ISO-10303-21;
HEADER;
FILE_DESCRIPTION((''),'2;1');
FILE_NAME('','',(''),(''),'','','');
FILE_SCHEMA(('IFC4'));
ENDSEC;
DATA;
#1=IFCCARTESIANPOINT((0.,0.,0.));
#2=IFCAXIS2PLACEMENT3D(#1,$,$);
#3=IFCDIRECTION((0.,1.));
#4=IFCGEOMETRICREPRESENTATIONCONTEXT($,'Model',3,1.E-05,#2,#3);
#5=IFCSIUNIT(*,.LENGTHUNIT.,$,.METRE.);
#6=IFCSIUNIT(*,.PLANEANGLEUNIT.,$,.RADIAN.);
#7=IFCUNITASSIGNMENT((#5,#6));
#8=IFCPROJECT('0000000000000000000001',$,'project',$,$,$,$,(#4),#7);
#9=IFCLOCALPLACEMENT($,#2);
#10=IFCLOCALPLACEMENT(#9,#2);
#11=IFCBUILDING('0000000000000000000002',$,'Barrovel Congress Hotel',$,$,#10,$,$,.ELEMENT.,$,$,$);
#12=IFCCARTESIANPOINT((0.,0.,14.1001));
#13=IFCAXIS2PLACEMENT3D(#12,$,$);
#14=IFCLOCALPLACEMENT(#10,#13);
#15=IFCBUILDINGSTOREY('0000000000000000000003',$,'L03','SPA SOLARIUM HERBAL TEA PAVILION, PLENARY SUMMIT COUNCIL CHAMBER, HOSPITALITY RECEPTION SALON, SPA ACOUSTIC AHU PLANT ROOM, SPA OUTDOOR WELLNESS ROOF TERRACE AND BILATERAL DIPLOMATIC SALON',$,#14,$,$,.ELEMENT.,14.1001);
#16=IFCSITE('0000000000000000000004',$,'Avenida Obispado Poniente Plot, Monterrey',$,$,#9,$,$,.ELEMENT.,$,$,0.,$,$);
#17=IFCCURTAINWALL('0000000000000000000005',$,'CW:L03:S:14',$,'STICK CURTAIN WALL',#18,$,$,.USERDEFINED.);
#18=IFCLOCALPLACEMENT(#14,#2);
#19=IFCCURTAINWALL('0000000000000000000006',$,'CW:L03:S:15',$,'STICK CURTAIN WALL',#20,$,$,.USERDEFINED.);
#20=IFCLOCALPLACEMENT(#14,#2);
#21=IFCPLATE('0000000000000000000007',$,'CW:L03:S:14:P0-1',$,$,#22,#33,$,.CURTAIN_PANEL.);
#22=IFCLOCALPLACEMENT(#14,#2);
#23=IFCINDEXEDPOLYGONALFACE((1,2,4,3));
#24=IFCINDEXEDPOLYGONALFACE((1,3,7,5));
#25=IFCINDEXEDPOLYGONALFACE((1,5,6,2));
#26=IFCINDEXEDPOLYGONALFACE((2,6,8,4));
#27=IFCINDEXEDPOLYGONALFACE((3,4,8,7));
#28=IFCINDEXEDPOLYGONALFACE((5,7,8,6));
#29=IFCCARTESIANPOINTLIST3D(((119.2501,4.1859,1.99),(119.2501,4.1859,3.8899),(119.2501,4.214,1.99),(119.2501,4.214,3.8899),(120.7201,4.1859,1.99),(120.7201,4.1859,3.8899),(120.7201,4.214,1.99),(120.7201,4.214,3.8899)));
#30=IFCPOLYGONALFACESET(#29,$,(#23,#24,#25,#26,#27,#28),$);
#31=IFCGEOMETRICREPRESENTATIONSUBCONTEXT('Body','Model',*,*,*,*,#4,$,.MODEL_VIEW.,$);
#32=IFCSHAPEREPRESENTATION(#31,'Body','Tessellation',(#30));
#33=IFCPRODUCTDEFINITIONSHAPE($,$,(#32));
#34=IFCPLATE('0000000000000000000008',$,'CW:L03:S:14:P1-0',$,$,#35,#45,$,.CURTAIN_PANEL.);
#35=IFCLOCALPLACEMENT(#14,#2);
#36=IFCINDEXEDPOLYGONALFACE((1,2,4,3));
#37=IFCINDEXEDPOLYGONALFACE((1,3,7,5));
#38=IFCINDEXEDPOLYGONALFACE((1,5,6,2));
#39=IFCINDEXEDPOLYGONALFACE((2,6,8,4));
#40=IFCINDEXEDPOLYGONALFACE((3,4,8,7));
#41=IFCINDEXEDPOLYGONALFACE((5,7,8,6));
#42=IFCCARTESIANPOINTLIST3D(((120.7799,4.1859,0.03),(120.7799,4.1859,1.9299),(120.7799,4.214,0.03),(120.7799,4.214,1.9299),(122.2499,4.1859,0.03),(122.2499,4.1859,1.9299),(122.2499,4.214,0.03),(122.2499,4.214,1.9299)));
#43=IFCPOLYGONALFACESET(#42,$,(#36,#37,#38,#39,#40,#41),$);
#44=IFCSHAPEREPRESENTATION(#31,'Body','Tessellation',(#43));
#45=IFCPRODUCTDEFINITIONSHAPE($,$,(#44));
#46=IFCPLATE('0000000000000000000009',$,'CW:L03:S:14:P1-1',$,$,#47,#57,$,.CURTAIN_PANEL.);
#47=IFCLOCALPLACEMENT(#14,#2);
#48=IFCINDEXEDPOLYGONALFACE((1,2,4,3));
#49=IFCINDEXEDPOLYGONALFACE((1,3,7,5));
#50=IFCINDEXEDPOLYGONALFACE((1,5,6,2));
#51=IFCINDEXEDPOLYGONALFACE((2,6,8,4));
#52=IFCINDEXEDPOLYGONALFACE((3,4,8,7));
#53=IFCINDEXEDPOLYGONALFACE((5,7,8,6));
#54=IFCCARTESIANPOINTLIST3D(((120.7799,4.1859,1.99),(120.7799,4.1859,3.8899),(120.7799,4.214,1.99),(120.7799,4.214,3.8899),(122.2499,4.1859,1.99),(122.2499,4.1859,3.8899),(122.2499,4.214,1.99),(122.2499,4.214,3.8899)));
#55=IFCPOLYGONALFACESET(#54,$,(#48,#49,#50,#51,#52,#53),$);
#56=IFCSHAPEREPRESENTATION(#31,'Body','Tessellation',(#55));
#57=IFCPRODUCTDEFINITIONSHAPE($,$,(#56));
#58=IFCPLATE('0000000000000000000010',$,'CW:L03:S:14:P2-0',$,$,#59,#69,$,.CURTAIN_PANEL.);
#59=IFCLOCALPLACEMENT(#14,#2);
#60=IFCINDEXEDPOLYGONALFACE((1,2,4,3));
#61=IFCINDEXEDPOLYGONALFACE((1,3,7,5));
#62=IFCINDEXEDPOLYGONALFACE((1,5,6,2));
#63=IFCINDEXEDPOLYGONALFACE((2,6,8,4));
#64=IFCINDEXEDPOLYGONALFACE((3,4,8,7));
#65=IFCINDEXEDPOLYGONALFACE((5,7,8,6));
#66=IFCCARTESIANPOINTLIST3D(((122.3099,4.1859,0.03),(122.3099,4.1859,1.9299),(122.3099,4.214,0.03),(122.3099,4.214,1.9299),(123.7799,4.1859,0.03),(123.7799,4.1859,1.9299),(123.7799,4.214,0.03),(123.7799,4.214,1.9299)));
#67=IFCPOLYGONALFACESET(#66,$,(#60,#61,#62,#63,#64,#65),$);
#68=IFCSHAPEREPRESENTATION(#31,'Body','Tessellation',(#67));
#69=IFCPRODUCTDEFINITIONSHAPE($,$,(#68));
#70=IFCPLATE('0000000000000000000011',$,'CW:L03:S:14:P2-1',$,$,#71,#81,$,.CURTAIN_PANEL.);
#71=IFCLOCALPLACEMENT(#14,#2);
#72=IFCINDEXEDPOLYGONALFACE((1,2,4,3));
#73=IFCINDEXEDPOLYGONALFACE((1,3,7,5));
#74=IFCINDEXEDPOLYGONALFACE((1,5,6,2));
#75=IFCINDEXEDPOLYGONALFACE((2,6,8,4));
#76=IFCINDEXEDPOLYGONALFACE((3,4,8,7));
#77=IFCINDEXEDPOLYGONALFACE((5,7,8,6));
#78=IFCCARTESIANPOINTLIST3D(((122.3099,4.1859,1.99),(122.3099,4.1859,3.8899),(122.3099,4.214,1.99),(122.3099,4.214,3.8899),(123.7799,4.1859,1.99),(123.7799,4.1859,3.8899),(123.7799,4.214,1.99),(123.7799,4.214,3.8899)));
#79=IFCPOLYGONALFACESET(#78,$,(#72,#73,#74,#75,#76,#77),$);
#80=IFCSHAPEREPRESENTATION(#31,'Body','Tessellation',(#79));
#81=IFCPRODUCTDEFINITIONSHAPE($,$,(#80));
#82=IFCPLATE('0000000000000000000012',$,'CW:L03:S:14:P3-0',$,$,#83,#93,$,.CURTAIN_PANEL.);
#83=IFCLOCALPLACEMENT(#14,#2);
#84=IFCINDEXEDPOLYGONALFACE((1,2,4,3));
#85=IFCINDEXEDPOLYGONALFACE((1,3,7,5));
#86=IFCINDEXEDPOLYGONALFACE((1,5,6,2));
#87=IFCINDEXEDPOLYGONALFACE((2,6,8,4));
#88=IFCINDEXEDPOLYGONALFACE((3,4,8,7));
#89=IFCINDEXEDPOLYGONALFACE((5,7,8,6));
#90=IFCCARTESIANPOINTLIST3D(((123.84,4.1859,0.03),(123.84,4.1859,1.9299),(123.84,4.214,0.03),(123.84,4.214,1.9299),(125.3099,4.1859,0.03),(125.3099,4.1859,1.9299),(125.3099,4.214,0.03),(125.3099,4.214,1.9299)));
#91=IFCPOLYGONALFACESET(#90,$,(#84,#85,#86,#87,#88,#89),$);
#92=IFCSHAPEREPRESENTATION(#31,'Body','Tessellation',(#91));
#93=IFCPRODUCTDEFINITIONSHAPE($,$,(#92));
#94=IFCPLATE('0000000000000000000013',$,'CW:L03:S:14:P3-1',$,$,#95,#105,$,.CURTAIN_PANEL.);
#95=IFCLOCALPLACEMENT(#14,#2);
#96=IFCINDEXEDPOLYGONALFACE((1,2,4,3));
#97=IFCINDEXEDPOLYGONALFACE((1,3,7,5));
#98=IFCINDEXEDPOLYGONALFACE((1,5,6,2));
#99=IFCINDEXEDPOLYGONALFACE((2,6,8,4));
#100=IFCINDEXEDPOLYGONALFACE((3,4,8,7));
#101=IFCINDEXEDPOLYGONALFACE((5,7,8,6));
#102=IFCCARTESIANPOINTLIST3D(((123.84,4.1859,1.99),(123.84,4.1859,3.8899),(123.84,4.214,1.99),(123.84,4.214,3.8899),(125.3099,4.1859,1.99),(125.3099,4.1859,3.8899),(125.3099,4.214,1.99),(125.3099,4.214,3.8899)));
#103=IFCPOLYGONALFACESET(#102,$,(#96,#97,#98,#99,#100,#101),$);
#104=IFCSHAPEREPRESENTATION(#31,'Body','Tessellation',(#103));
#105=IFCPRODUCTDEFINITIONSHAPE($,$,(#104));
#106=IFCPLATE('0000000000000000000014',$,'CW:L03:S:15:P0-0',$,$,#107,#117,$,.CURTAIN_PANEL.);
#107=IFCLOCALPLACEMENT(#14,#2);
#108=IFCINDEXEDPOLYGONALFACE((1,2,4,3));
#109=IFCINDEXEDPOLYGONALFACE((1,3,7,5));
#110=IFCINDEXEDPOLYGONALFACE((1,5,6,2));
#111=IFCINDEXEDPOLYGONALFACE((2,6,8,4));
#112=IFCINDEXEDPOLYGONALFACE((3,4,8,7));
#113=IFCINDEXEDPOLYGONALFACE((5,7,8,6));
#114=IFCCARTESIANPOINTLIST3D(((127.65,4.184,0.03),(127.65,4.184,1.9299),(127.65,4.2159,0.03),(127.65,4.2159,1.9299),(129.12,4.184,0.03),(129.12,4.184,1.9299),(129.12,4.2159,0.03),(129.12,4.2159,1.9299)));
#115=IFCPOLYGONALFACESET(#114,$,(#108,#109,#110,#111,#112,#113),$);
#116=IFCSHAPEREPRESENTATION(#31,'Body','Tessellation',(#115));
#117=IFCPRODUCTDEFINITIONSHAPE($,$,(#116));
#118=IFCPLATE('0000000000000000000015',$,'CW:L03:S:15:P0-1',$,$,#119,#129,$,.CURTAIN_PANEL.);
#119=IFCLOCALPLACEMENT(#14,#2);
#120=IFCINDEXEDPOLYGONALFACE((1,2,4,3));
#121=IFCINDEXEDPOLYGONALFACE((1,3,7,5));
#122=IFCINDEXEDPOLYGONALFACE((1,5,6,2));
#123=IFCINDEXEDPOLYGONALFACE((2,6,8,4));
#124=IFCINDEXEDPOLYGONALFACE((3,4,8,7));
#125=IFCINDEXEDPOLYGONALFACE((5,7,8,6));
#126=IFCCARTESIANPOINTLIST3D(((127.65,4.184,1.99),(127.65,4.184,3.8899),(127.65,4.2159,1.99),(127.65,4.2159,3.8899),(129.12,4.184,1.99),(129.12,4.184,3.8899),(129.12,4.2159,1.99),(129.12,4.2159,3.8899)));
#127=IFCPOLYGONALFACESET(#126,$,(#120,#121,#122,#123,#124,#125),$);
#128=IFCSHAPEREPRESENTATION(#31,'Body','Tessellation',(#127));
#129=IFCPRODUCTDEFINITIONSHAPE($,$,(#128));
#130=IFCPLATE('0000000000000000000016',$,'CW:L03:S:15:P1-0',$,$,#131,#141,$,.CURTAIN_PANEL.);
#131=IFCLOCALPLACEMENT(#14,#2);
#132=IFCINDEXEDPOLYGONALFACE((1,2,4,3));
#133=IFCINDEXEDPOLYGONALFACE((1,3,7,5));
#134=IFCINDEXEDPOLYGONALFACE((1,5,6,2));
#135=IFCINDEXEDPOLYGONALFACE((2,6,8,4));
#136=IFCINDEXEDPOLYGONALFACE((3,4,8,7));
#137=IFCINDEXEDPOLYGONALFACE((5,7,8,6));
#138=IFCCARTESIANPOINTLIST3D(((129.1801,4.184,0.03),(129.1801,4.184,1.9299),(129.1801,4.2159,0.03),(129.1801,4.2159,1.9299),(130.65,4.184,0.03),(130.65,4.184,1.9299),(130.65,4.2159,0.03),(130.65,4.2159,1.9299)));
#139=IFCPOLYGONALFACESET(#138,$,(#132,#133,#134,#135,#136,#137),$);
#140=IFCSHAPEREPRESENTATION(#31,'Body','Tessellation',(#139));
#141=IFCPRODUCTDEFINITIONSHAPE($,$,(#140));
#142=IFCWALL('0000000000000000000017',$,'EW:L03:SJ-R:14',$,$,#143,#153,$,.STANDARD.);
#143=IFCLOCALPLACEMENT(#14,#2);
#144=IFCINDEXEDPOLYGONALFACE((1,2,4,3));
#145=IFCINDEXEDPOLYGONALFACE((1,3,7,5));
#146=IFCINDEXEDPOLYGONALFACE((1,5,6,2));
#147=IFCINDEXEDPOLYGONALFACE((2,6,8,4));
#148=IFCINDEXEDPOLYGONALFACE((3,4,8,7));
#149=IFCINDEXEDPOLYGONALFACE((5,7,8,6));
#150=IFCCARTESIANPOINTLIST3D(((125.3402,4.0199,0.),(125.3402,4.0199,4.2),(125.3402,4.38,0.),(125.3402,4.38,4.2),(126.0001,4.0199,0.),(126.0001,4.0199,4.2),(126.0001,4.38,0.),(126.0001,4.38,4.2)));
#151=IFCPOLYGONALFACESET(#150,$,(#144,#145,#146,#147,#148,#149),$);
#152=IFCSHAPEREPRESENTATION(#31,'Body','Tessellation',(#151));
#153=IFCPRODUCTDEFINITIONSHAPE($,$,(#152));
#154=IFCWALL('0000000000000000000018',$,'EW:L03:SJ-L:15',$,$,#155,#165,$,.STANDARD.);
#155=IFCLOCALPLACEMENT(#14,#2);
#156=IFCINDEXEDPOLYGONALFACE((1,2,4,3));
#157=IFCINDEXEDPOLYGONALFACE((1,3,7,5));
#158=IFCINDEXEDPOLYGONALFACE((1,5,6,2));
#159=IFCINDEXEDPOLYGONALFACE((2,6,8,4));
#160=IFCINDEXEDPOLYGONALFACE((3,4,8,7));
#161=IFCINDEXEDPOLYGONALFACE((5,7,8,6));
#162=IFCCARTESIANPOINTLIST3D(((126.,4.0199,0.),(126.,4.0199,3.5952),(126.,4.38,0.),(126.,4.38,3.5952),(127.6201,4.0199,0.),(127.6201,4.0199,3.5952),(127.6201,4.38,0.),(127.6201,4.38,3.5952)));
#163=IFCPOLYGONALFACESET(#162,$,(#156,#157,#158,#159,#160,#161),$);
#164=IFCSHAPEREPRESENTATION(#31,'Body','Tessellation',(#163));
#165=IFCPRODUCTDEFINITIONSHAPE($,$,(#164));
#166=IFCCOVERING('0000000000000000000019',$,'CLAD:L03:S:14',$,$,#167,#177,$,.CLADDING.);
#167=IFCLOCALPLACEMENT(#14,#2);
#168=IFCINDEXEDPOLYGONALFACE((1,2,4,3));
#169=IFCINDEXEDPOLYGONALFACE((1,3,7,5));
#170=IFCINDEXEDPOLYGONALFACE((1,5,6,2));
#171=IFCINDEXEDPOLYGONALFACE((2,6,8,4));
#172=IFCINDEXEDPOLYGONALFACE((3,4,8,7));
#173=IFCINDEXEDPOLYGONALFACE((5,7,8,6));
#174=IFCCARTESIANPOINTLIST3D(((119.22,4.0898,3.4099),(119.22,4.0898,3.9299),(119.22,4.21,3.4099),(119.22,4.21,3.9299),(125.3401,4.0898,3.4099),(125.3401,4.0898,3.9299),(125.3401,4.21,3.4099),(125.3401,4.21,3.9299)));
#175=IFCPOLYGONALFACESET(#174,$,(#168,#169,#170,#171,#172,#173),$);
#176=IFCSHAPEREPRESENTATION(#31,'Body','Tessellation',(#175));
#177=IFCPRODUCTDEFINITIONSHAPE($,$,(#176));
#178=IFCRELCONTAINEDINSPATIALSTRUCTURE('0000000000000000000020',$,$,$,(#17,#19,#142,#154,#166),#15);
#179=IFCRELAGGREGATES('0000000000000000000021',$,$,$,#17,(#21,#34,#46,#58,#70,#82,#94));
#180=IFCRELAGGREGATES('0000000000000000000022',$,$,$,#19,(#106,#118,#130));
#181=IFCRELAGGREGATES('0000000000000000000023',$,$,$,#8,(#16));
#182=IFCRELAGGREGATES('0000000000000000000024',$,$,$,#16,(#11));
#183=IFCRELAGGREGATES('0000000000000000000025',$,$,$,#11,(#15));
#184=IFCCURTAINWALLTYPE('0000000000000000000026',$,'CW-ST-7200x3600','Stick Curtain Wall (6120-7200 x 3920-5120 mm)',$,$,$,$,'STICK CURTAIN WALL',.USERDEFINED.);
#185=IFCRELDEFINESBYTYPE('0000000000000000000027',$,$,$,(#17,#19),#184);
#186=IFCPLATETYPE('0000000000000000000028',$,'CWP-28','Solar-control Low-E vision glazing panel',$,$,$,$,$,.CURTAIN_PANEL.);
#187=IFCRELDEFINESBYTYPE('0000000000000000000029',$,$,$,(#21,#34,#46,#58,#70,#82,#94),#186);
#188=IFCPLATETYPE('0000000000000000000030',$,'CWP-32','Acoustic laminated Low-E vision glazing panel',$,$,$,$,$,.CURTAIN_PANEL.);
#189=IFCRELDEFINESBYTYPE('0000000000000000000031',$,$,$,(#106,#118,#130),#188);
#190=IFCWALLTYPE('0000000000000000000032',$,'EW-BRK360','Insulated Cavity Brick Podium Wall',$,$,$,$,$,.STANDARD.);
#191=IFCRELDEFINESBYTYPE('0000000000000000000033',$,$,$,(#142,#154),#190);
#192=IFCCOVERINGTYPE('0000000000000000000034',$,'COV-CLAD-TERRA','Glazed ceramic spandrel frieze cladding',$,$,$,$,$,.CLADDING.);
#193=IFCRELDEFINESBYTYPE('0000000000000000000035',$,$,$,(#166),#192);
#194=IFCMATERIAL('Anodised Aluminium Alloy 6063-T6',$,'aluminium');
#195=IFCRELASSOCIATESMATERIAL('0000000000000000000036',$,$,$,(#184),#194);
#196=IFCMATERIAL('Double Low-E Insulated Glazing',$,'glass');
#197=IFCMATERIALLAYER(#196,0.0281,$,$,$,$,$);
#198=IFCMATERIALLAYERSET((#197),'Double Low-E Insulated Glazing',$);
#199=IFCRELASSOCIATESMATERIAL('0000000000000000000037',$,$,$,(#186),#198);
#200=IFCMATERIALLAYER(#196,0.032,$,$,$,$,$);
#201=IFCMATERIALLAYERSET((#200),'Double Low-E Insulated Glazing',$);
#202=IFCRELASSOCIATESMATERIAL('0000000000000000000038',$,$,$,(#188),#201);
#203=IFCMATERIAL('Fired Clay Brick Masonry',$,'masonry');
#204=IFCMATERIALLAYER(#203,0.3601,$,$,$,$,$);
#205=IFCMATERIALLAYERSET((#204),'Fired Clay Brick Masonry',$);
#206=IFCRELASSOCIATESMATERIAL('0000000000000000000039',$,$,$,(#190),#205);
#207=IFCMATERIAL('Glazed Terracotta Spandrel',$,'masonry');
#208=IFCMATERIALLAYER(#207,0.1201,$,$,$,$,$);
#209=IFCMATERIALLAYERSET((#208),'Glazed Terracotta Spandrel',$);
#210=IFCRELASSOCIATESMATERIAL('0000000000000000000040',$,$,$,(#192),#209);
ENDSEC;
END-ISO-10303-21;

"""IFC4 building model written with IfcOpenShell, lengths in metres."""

from ifc_helpers import new_model, si_unit, direction, frame, frame_2d, origin, origin_2d, place, context, subcontext, project, spatial, rectangle, extrude, material, layer, layer_set, type_object, element, aggregate, save


model = new_model("IFC4")

# Units and contexts
model_context = context("Model", 3, precision=1e-05, world=origin(), true_north=direction((0.0, 1.0)))
body_context = subcontext(model_context, "Body", "Model", "MODEL_VIEW")
ifc_project = project(units=[si_unit("LENGTHUNIT", "METRE"), si_unit("PLANEANGLEUNIT", "RADIAN")], contexts=[model_context])

# Site, building, storey
site_placement = place(None, origin())
site = spatial("IfcSite", under=ifc_project, at=site_placement, Name="Avenida Obispado Poniente Plot, Monterrey", CompositionType="ELEMENT", RefElevation=0.0)
building_placement = place(site_placement, origin())
building = spatial("IfcBuilding", under=site, at=building_placement, Name="Barrovel Congress Hotel", CompositionType="ELEMENT")
storey_placement = place(building_placement, frame((0.0, 0.0, 14.1001)))
storey = spatial("IfcBuildingStorey", under=building, at=storey_placement, Name="L03", Description="SPA SOLARIUM HERBAL TEA PAVILION, PLENARY SUMMIT COUNCIL CHAMBER, HOSPITALITY RECEPTION SALON, SPA ACOUSTIC AHU PLANT ROOM, SPA OUTDOOR WELLNESS ROOF TERRACE AND BILATERAL DIPLOMATIC SALON", CompositionType="ELEMENT", Elevation=14.1001)

# Curtain walls
ifc_material_1 = material(Name="Anodised Aluminium Alloy 6063-T6", Category="aluminium")
curtain_wall_type = type_object("IfcCurtainWallType", Name="CW-ST-7200x3600", Description="Stick Curtain Wall (6120-7200 x 3920-5120 mm)", ElementType="STICK CURTAIN WALL", PredefinedType="USERDEFINED", material=ifc_material_1)
curtain_wall_1_placement = place(storey_placement, origin())
curtain_wall_1 = element("IfcCurtainWall", 1, at=curtain_wall_1_placement, inside=storey, type_object=curtain_wall_type, Name="CW:L03:S:14", ObjectType="STICK CURTAIN WALL", PredefinedType="USERDEFINED")
curtain_wall_2_placement = place(storey_placement, origin())
curtain_wall_2 = element("IfcCurtainWall", 2, at=curtain_wall_2_placement, inside=storey, type_object=curtain_wall_type, Name="CW:L03:S:15", ObjectType="STICK CURTAIN WALL", PredefinedType="USERDEFINED")

# Plates
ifc_material_2 = material(Name="Double Low-E Insulated Glazing", Category="glass")
ifc_layer_1 = layer(ifc_material_2, 0.0281)
ifc_layer_set_1 = layer_set([ifc_layer_1], Name="Double Low-E Insulated Glazing")
plate_type_1 = type_object("IfcPlateType", Name="CWP-28", Description="Solar-control Low-E vision glazing panel", PredefinedType="CURTAIN_PANEL", material=ifc_layer_set_1)
plate_1_placement = place(storey_placement, frame((119.9851, 4.2, 1.99), z_axis=(0.0, 0.0, 1.0), x_axis=(1.0, 0.0, 0.0)))
plate_1 = element("IfcPlate", 3, at=plate_1_placement, type_object=plate_type_1, Name="CW:L03:S:14:P0-1", PredefinedType="CURTAIN_PANEL", context=body_context, shape_type="SweptSolid", body=[
    extrude(rectangle(XDim=1.47, YDim=0.0281, at=origin_2d()), origin(), (0.0, 0.0, 1.0), 1.8999),
])
plate_2_placement = place(storey_placement, frame((121.5149, 4.2, 0.03), z_axis=(0.0, 0.0, 1.0), x_axis=(1.0, 0.0, 0.0)))
plate_2 = element("IfcPlate", 4, at=plate_2_placement, type_object=plate_type_1, Name="CW:L03:S:14:P1-0", PredefinedType="CURTAIN_PANEL", context=body_context, shape_type="SweptSolid", body=[
    extrude(rectangle(XDim=1.47, YDim=0.0281, at=origin_2d()), origin(), (0.0, 0.0, 1.0), 1.8999),
])
plate_3_placement = place(storey_placement, frame((121.5149, 4.2, 1.99), z_axis=(0.0, 0.0, 1.0), x_axis=(1.0, 0.0, 0.0)))
plate_3 = element("IfcPlate", 5, at=plate_3_placement, type_object=plate_type_1, Name="CW:L03:S:14:P1-1", PredefinedType="CURTAIN_PANEL", context=body_context, shape_type="SweptSolid", body=[
    extrude(rectangle(XDim=1.47, YDim=0.0281, at=origin_2d()), origin(), (0.0, 0.0, 1.0), 1.8999),
])
plate_4_placement = place(storey_placement, frame((123.0449, 4.2, 0.03), z_axis=(0.0, 0.0, 1.0), x_axis=(1.0, 0.0, 0.0)))
plate_4 = element("IfcPlate", 6, at=plate_4_placement, type_object=plate_type_1, Name="CW:L03:S:14:P2-0", PredefinedType="CURTAIN_PANEL", context=body_context, shape_type="SweptSolid", body=[
    extrude(rectangle(XDim=1.47, YDim=0.0281, at=origin_2d()), origin(), (0.0, 0.0, 1.0), 1.8999),
])
plate_5_placement = place(storey_placement, frame((123.0449, 4.2, 1.99), z_axis=(0.0, 0.0, 1.0), x_axis=(1.0, 0.0, 0.0)))
plate_5 = element("IfcPlate", 7, at=plate_5_placement, type_object=plate_type_1, Name="CW:L03:S:14:P2-1", PredefinedType="CURTAIN_PANEL", context=body_context, shape_type="SweptSolid", body=[
    extrude(rectangle(XDim=1.47, YDim=0.0281, at=origin_2d()), origin(), (0.0, 0.0, 1.0), 1.8999),
])
plate_6_placement = place(storey_placement, frame((124.575, 4.2, 0.03), z_axis=(0.0, 0.0, 1.0), x_axis=(1.0, 0.0, 0.0)))
plate_6 = element("IfcPlate", 8, at=plate_6_placement, type_object=plate_type_1, Name="CW:L03:S:14:P3-0", PredefinedType="CURTAIN_PANEL", context=body_context, shape_type="SweptSolid", body=[
    extrude(rectangle(XDim=1.47, YDim=0.0281, at=origin_2d()), origin(), (0.0, 0.0, 1.0), 1.8999),
])
plate_7_placement = place(storey_placement, frame((124.575, 4.2, 1.99), z_axis=(0.0, 0.0, 1.0), x_axis=(1.0, 0.0, 0.0)))
plate_7 = element("IfcPlate", 9, at=plate_7_placement, type_object=plate_type_1, Name="CW:L03:S:14:P3-1", PredefinedType="CURTAIN_PANEL", context=body_context, shape_type="SweptSolid", body=[
    extrude(rectangle(XDim=1.47, YDim=0.0281, at=origin_2d()), origin(), (0.0, 0.0, 1.0), 1.8999),
])
aggregate(curtain_wall_1, [plate_1, plate_2, plate_3, plate_4, plate_5, plate_6, plate_7])
ifc_layer_2 = layer(ifc_material_2, 0.032)
ifc_layer_set_2 = layer_set([ifc_layer_2], Name="Double Low-E Insulated Glazing")
plate_type_2 = type_object("IfcPlateType", Name="CWP-32", Description="Acoustic laminated Low-E vision glazing panel", PredefinedType="CURTAIN_PANEL", material=ifc_layer_set_2)
plate_8_placement = place(storey_placement, frame((128.385, 4.2, 0.03), z_axis=(0.0, 0.0, 1.0), x_axis=(1.0, 0.0, 0.0)))
plate_8 = element("IfcPlate", 10, at=plate_8_placement, type_object=plate_type_2, Name="CW:L03:S:15:P0-0", PredefinedType="CURTAIN_PANEL", context=body_context, shape_type="SweptSolid", body=[
    extrude(rectangle(XDim=1.47, YDim=0.032, at=origin_2d()), origin(), (0.0, 0.0, 1.0), 1.8999),
])
plate_9_placement = place(storey_placement, frame((128.385, 4.2, 1.99), z_axis=(0.0, 0.0, 1.0), x_axis=(1.0, 0.0, 0.0)))
plate_9 = element("IfcPlate", 11, at=plate_9_placement, type_object=plate_type_2, Name="CW:L03:S:15:P0-1", PredefinedType="CURTAIN_PANEL", context=body_context, shape_type="SweptSolid", body=[
    extrude(rectangle(XDim=1.47, YDim=0.032, at=origin_2d()), origin(), (0.0, 0.0, 1.0), 1.8999),
])
plate_10_placement = place(storey_placement, frame((129.915, 4.2, 0.03), z_axis=(0.0, 0.0, 1.0), x_axis=(1.0, 0.0, 0.0)))
plate_10 = element("IfcPlate", 12, at=plate_10_placement, type_object=plate_type_2, Name="CW:L03:S:15:P1-0", PredefinedType="CURTAIN_PANEL", context=body_context, shape_type="SweptSolid", body=[
    extrude(rectangle(XDim=1.47, YDim=0.032, at=origin_2d()), origin(), (0.0, 0.0, 1.0), 1.8999),
])
aggregate(curtain_wall_2, [plate_8, plate_9, plate_10])

# Walls
ifc_material_3 = material(Name="Fired Clay Brick Masonry", Category="masonry")
ifc_layer_3 = layer(ifc_material_3, 0.3601)
ifc_layer_set_3 = layer_set([ifc_layer_3], Name="Fired Clay Brick Masonry")
wall_type = type_object("IfcWallType", Name="EW-BRK360", Description="Insulated Cavity Brick Podium Wall", PredefinedType="STANDARD", material=ifc_layer_set_3)
wall_1_placement = place(storey_placement, frame((125.3401, 4.2, 0.0), z_axis=(0.0, 0.0, 1.0), x_axis=(1.0, 0.0, 0.0)))
element("IfcWall", 13, at=wall_1_placement, inside=storey, type_object=wall_type, Name="EW:L03:SJ-R:14", PredefinedType="STANDARD", context=body_context, shape_type="SweptSolid", body=[
    extrude(rectangle(XDim=0.6599, YDim=0.3601, at=frame_2d((0.3301, 0.0))), origin(), (0.0, 0.0, 1.0), 4.2),
])
wall_2_placement = place(storey_placement, frame((126.0, 4.2, 0.0), z_axis=(0.0, 0.0, 1.0), x_axis=(1.0, 0.0, 0.0)))
element("IfcWall", 14, at=wall_2_placement, inside=storey, type_object=wall_type, Name="EW:L03:SJ-L:15", PredefinedType="STANDARD", context=body_context, shape_type="SweptSolid", body=[
    extrude(rectangle(XDim=1.6201, YDim=0.3601, at=frame_2d((0.8101, 0.0))), origin(), (0.0, 0.0, 1.0), 3.5952),
])

# Covering
ifc_material_4 = material(Name="Glazed Terracotta Spandrel", Category="masonry")
ifc_layer_4 = layer(ifc_material_4, 0.1201)
ifc_layer_set_4 = layer_set([ifc_layer_4], Name="Glazed Terracotta Spandrel")
covering_type = type_object("IfcCoveringType", Name="COV-CLAD-TERRA", Description="Glazed ceramic spandrel frieze cladding", PredefinedType="CLADDING", material=ifc_layer_set_4)
covering_placement = place(storey_placement, frame((122.28, 4.1499, 3.4099), z_axis=(0.0, 0.0, 1.0), x_axis=(1.0, 0.0, 0.0)))
element("IfcCovering", 15, at=covering_placement, inside=storey, type_object=covering_type, Name="CLAD:L03:S:14", PredefinedType="CLADDING", context=body_context, shape_type="SweptSolid", body=[
    extrude(rectangle(XDim=6.1201, YDim=0.1201, at=origin_2d()), origin(), (0.0, 0.0, 1.0), 0.52),
])

save(model, "model.ifc")
